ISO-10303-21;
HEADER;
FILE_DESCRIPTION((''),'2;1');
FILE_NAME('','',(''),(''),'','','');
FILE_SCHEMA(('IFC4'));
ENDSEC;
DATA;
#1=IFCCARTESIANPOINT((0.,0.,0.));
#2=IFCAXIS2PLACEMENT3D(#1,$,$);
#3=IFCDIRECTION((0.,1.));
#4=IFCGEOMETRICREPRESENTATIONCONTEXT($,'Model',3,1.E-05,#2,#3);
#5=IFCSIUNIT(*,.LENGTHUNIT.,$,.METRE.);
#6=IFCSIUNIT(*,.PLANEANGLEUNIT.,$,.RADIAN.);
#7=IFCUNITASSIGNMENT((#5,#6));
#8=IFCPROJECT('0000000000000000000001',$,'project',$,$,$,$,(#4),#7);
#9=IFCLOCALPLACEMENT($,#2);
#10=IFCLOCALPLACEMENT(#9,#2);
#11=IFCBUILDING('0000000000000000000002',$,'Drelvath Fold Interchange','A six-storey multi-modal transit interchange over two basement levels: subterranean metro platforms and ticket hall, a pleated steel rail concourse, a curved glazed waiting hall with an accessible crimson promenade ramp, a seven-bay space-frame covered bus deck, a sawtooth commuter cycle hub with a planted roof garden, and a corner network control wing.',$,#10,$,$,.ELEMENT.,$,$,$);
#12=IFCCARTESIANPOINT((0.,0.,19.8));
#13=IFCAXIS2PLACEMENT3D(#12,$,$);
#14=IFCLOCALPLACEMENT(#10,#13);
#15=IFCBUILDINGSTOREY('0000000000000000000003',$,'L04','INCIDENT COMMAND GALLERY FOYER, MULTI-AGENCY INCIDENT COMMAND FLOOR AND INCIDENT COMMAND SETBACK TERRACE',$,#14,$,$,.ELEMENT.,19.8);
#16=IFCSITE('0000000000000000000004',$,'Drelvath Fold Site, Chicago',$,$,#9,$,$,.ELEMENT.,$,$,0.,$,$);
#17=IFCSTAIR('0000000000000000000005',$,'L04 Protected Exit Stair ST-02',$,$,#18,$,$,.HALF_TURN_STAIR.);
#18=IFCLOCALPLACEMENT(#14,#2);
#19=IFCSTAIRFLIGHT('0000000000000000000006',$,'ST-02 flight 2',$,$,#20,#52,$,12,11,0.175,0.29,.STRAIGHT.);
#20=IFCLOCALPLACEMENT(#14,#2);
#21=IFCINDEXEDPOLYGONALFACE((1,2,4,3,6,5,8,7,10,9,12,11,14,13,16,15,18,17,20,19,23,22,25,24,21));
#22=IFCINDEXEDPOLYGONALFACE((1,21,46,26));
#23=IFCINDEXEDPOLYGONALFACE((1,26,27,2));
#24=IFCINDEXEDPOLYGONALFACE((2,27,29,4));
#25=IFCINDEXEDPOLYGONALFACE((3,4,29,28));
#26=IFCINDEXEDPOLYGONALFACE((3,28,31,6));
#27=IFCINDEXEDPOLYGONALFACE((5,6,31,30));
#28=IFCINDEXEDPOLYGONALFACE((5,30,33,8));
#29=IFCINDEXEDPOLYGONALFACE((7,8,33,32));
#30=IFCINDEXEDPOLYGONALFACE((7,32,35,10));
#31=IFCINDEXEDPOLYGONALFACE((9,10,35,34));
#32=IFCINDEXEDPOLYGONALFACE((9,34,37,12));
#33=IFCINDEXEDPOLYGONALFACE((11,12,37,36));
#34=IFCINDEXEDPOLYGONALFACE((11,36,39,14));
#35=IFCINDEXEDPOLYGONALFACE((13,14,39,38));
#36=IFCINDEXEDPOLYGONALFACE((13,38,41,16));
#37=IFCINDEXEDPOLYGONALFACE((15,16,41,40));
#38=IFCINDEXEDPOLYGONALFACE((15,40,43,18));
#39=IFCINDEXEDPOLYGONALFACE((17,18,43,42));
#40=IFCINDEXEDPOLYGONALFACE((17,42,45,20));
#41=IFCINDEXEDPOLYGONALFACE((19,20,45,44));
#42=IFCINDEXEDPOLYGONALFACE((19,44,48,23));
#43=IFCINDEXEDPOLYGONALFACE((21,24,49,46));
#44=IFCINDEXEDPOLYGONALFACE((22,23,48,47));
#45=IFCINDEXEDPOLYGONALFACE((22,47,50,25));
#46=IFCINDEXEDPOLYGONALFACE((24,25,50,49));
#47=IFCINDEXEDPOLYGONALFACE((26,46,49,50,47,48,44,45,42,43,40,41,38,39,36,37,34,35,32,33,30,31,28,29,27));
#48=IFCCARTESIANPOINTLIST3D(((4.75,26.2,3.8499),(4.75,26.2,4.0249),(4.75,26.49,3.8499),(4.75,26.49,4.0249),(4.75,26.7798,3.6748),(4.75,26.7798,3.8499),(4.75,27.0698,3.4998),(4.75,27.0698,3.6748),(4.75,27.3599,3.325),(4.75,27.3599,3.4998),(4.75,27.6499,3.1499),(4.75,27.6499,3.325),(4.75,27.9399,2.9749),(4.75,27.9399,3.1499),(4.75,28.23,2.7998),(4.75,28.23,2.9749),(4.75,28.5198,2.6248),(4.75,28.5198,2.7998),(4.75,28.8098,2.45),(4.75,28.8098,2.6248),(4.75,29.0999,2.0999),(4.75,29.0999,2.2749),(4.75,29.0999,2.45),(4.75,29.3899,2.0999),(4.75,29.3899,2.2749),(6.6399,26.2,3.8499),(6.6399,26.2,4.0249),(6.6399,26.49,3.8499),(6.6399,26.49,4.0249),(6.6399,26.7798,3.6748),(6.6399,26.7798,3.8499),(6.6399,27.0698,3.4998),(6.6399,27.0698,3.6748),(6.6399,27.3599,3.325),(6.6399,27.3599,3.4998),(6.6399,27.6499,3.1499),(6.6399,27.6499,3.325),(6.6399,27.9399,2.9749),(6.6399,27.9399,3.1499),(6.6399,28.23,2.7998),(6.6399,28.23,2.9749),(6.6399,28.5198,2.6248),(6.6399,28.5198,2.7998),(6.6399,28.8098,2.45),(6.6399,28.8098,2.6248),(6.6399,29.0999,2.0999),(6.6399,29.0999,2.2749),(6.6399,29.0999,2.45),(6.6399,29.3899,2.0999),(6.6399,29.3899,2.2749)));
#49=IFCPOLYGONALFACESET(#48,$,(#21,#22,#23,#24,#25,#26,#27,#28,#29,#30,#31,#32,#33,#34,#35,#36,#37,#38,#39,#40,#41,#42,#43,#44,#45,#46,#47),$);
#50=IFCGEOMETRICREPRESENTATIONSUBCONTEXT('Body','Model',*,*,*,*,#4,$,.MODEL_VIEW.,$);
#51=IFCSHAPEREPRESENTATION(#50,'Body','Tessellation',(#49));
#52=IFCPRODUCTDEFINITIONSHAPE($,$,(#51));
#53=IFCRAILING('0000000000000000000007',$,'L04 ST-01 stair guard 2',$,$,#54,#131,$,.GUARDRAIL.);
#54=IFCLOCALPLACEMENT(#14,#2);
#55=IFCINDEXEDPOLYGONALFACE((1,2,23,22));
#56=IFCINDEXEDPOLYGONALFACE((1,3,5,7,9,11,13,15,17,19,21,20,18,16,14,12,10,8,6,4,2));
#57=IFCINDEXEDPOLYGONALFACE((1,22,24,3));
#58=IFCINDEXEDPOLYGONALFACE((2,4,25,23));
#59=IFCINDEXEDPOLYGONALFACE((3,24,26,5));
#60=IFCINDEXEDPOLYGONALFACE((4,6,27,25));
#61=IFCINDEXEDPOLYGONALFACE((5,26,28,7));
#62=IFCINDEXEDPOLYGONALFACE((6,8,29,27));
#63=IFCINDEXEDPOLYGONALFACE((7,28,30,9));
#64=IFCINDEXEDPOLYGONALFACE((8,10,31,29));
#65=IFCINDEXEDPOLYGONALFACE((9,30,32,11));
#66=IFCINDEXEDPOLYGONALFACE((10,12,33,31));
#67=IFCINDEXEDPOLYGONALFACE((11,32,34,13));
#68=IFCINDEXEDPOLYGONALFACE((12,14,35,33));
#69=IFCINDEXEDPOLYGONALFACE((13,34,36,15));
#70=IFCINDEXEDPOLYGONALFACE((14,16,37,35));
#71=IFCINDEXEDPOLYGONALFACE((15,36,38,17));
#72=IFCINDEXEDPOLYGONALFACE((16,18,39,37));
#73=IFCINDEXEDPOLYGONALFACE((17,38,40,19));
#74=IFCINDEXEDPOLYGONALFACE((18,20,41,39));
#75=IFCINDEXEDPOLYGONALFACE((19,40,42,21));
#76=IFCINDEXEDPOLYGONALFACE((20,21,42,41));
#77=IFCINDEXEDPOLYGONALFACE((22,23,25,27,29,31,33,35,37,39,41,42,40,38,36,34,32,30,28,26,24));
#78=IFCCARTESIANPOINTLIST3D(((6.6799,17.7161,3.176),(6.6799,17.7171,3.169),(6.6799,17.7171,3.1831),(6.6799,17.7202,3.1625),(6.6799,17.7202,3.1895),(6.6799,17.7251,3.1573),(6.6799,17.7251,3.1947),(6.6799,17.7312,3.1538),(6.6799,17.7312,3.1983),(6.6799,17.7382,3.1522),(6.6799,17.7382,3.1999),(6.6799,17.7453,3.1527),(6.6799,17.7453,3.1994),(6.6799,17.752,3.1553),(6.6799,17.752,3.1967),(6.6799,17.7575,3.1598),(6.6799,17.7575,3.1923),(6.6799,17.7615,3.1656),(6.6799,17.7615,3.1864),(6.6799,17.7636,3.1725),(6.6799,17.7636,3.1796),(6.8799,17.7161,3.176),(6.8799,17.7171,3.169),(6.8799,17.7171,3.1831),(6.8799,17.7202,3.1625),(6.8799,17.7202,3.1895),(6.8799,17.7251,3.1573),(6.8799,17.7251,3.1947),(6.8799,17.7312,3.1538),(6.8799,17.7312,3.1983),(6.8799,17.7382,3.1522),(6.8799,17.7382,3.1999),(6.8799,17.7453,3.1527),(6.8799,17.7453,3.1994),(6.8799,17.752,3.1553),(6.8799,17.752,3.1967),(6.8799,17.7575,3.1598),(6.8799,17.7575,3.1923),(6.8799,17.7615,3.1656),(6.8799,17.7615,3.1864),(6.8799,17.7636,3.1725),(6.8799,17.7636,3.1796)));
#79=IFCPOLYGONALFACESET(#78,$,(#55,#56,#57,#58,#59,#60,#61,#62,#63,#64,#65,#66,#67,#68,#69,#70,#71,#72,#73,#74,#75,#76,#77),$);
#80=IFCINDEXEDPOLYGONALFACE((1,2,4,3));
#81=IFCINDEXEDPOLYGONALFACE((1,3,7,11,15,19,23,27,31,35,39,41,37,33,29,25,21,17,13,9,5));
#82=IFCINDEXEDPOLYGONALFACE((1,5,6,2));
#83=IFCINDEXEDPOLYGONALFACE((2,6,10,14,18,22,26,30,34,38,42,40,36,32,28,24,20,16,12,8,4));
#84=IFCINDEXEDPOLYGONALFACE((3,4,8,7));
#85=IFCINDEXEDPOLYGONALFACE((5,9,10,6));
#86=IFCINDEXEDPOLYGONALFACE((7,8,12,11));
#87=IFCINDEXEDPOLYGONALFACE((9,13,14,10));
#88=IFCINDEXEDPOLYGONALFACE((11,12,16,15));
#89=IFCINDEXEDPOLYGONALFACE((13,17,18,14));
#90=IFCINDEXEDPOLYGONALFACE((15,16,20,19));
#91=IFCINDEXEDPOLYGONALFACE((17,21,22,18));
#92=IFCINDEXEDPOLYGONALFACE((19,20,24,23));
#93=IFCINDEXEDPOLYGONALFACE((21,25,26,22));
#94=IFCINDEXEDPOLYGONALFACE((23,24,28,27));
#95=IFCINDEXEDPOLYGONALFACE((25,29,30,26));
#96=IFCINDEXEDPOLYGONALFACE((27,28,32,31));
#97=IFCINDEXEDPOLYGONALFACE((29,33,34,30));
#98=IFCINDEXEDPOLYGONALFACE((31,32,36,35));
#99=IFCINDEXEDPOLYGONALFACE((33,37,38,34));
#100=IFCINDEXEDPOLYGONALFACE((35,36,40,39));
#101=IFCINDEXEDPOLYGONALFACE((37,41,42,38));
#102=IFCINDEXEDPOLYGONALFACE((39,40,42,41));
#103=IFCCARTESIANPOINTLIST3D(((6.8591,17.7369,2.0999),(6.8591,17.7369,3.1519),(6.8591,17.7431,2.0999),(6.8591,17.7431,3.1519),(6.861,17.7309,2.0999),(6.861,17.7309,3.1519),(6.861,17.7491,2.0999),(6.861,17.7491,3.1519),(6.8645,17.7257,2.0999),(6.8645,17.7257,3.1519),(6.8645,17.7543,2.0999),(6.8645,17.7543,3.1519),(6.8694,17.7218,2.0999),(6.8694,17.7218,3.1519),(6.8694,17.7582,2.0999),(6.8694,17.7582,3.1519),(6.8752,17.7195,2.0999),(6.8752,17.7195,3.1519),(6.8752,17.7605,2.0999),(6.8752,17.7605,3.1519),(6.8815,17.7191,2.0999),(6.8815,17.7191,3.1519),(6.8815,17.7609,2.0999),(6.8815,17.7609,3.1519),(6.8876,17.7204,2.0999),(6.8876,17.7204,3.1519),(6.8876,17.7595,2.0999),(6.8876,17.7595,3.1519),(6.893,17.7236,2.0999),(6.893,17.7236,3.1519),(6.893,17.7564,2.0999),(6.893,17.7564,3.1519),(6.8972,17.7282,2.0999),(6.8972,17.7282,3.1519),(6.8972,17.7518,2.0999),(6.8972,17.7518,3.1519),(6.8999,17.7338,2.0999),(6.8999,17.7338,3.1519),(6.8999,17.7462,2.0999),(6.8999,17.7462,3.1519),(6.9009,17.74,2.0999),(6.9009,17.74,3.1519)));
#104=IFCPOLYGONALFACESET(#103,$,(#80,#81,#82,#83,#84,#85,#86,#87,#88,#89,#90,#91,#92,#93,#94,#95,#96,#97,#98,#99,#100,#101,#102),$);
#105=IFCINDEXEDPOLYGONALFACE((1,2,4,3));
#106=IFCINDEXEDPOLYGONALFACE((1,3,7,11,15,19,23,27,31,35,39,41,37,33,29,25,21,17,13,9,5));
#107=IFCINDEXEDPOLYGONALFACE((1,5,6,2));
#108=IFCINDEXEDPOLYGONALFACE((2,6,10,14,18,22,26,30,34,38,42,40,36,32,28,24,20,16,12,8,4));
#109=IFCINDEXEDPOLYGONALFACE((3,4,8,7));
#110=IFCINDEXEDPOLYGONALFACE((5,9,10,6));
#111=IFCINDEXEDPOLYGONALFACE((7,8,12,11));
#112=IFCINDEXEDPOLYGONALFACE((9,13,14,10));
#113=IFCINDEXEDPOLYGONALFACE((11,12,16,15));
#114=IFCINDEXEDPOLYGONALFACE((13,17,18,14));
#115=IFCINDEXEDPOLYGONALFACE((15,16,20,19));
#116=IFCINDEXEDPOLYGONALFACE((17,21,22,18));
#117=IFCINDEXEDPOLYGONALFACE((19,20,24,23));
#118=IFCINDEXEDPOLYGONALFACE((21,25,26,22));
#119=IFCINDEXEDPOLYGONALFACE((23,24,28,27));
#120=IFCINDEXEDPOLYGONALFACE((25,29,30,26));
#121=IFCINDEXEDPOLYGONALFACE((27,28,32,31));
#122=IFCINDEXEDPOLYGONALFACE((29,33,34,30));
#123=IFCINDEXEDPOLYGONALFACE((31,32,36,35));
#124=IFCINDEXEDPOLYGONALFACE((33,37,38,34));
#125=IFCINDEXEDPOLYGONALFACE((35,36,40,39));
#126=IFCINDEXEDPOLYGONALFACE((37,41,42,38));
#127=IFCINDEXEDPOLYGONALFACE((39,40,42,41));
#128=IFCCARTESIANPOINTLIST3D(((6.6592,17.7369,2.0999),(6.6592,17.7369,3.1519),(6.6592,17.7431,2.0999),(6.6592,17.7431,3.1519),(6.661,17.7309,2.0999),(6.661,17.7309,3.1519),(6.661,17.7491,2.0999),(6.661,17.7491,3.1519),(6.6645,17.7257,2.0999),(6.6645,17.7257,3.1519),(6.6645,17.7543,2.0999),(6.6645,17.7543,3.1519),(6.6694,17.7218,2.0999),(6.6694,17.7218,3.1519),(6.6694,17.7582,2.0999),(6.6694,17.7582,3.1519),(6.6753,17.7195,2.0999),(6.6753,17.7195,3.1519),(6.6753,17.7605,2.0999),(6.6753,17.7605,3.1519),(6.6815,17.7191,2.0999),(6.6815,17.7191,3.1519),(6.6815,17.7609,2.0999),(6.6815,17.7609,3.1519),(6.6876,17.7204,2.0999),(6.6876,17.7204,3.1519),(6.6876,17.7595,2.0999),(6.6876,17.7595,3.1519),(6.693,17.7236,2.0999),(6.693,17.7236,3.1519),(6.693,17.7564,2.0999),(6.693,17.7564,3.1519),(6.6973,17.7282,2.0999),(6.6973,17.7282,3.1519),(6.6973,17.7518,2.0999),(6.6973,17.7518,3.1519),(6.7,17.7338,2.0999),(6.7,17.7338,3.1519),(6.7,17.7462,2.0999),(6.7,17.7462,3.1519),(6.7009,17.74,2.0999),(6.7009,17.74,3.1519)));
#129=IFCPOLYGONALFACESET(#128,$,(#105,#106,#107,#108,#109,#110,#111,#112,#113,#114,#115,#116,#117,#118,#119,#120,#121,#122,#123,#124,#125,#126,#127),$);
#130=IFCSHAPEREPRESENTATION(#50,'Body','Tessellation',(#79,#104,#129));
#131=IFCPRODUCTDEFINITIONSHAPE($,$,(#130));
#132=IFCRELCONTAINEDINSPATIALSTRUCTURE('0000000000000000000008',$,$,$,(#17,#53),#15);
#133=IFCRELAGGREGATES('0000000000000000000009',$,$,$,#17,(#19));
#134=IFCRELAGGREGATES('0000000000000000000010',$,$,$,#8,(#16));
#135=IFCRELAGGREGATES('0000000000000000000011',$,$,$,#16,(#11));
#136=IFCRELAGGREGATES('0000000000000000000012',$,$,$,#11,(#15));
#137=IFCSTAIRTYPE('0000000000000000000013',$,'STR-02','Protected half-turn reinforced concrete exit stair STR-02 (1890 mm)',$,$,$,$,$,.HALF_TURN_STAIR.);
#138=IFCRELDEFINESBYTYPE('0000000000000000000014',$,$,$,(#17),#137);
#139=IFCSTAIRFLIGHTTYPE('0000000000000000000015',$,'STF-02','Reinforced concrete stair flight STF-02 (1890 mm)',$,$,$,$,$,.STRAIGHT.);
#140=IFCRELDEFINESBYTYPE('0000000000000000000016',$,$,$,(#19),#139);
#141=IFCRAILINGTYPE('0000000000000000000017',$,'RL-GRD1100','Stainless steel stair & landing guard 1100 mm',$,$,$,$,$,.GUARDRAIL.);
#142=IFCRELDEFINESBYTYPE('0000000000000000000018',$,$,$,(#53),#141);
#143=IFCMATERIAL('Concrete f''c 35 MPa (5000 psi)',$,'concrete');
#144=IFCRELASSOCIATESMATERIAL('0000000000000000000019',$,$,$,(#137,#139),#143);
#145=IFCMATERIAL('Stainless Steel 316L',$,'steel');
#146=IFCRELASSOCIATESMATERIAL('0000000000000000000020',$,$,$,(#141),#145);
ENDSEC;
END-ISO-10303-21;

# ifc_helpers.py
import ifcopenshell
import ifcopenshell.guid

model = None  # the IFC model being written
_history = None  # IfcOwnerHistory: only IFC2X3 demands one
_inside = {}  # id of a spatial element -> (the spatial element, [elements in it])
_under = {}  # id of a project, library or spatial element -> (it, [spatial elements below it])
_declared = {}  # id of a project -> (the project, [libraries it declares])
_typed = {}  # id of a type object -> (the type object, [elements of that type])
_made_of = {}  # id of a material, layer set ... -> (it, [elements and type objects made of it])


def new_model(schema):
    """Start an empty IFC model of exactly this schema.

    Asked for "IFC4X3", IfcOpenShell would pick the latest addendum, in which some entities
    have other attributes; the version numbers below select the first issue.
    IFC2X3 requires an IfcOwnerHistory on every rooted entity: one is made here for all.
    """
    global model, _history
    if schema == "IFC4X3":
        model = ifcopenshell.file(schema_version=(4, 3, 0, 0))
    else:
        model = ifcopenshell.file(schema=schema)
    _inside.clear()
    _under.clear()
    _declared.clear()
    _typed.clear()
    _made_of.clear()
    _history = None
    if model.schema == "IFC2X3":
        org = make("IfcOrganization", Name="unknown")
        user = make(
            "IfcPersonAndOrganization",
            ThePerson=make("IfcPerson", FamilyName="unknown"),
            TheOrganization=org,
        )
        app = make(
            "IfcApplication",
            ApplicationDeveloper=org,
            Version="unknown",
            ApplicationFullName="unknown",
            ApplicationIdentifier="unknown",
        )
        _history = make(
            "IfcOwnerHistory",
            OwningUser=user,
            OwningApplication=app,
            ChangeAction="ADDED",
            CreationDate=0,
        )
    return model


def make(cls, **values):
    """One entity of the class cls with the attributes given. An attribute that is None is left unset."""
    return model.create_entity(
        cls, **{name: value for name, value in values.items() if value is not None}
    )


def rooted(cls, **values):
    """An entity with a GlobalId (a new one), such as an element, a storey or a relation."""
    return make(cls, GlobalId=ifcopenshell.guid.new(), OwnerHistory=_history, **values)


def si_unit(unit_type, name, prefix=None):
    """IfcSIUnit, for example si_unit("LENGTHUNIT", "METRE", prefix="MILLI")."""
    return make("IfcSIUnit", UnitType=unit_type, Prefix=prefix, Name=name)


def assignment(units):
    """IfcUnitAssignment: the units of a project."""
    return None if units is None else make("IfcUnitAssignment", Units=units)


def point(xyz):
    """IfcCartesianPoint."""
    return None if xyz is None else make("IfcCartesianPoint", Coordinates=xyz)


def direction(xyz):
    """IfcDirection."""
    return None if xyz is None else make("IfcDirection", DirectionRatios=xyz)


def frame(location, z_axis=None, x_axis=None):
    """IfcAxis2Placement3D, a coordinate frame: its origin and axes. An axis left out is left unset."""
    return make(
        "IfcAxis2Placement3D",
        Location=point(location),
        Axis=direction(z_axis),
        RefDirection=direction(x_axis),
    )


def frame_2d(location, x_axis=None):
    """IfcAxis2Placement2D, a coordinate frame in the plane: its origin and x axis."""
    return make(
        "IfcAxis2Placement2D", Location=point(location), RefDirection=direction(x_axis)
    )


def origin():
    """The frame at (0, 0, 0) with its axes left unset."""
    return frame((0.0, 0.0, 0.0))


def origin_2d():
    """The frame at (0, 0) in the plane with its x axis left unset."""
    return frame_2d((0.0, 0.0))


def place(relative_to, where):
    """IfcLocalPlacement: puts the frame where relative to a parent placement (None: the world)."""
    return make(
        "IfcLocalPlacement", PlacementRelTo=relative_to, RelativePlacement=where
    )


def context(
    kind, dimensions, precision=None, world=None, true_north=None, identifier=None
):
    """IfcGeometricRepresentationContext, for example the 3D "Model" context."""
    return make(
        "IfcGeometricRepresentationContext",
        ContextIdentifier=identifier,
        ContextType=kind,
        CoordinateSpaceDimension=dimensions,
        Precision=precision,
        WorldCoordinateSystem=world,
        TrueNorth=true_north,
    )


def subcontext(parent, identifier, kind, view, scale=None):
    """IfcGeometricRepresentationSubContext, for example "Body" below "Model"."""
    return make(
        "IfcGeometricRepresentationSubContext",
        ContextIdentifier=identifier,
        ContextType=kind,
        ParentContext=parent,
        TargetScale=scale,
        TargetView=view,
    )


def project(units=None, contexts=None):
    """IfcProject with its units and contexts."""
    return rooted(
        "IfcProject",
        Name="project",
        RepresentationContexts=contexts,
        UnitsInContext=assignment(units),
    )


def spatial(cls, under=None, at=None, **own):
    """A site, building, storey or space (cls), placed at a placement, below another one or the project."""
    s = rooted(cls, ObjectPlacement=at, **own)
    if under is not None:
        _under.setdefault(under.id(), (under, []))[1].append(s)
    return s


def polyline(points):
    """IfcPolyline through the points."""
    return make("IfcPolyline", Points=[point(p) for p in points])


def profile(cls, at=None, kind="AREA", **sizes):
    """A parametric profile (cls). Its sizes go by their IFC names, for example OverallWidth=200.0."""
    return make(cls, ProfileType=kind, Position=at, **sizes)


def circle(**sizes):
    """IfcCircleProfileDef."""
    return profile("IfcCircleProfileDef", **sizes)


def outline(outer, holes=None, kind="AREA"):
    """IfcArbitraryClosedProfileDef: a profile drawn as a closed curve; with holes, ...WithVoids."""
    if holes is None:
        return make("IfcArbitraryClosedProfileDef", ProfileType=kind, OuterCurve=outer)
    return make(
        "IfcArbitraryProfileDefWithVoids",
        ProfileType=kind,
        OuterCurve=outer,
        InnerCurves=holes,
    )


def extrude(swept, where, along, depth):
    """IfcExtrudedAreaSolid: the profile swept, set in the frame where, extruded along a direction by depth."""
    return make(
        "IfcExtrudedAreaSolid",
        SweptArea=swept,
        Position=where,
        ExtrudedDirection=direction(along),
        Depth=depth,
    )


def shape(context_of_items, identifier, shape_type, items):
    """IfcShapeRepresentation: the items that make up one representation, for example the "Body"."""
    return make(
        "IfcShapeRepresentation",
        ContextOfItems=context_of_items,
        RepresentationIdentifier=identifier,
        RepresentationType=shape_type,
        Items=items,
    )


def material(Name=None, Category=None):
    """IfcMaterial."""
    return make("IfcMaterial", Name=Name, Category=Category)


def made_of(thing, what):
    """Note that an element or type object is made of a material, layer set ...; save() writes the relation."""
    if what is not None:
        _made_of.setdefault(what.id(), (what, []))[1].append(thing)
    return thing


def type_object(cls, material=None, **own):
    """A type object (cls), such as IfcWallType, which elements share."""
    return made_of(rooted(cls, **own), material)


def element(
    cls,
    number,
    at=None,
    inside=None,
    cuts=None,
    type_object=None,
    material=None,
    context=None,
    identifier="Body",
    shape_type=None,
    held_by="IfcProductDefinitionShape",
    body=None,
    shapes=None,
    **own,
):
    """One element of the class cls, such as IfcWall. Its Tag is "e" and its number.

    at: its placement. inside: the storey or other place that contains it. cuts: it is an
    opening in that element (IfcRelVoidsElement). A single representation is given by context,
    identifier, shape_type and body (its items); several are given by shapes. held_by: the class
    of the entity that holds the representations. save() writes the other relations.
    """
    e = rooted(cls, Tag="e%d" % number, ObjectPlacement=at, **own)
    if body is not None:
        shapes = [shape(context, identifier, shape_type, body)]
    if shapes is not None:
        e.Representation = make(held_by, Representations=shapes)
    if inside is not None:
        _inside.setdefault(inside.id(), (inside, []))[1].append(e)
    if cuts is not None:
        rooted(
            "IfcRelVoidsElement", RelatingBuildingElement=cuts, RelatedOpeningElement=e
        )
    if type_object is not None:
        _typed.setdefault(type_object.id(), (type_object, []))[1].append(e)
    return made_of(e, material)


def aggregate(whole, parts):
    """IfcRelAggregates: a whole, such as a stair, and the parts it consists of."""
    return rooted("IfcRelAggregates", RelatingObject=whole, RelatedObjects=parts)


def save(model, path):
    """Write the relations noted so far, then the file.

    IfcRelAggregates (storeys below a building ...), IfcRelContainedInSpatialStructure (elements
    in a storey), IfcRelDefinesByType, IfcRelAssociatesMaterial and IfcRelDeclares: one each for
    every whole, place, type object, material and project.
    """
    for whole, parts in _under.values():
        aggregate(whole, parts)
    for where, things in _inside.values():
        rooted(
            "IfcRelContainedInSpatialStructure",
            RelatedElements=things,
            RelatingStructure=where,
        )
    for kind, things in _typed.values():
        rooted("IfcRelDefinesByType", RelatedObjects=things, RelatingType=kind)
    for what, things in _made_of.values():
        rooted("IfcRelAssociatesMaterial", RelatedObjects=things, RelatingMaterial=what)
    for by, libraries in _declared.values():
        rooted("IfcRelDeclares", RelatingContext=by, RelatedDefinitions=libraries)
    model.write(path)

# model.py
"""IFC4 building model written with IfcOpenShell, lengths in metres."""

from ifc_helpers import new_model, si_unit, direction, frame, origin, origin_2d, place, context, subcontext, project, spatial, polyline, circle, outline, extrude, material, type_object, element, aggregate, save


model = new_model("IFC4")

# Units and contexts
model_context = context("Model", 3, precision=1e-05, world=origin(), true_north=direction((0.0, 1.0)))
body_context = subcontext(model_context, "Body", "Model", "MODEL_VIEW")
ifc_project = project(units=[si_unit("LENGTHUNIT", "METRE"), si_unit("PLANEANGLEUNIT", "RADIAN")], contexts=[model_context])

# Site, building, storey
site_placement = place(None, origin())
site = spatial("IfcSite", under=ifc_project, at=site_placement, Name="Drelvath Fold Site, Chicago", CompositionType="ELEMENT", RefElevation=0.0)
building_placement = place(site_placement, origin())
building = spatial("IfcBuilding", under=site, at=building_placement, Name="Drelvath Fold Interchange", Description="A six-storey multi-modal transit interchange over two basement levels: subterranean metro platforms and ticket hall, a pleated steel rail concourse, a curved glazed waiting hall with an accessible crimson promenade ramp, a seven-bay space-frame covered bus deck, a sawtooth commuter cycle hub with a planted roof garden, and a corner network control wing.", CompositionType="ELEMENT")
storey_placement = place(building_placement, frame((0.0, 0.0, 19.8)))
storey = spatial("IfcBuildingStorey", under=building, at=storey_placement, Name="L04", Description="INCIDENT COMMAND GALLERY FOYER, MULTI-AGENCY INCIDENT COMMAND FLOOR AND INCIDENT COMMAND SETBACK TERRACE", CompositionType="ELEMENT", Elevation=19.8)

# Shared definitions
ifc_material_1 = material(Name="Concrete f'c 35 MPa (5000 psi)", Category="concrete")

# Stair, stair flight
stair_type_1 = type_object("IfcStairType", Name="STR-02", Description="Protected half-turn reinforced concrete exit stair STR-02 (1890 mm)", PredefinedType="HALF_TURN_STAIR", material=ifc_material_1)
stair_1_placement = place(storey_placement, origin())
stair_1 = element("IfcStair", 1, at=stair_1_placement, inside=storey, type_object=stair_type_1, Name="L04 Protected Exit Stair ST-02", PredefinedType="HALF_TURN_STAIR")
stair_flight_type_1 = type_object("IfcStairFlightType", Name="STF-02", Description="Reinforced concrete stair flight STF-02 (1890 mm)", PredefinedType="STRAIGHT", material=ifc_material_1)
stair_flight_1_placement = place(storey_placement, frame((5.6951, 29.3899, 2.0999), z_axis=(0.0, 0.0, 1.0), x_axis=(0.0, -1.0, 0.0)))
stair_flight_1 = element("IfcStairFlight", 2, at=stair_flight_1_placement, type_object=stair_flight_type_1, Name="ST-02 flight 2", NumberOfRisers=12, NumberOfTreads=11, PredefinedType="STRAIGHT", RiserHeight=0.175, TreadLength=0.29, context=body_context, shape_type="SweptSolid", body=[
    extrude(outline(polyline([(0.0, 0.0), (0.0, 0.175), (0.29, 0.175), (0.29, 0.3501), (0.5801, 0.3501), (0.5801, 0.5249), (0.8701, 0.5249), (0.8701, 0.7), (1.1599, 0.7), (1.1599, 0.875), (1.45, 0.875), (1.45, 1.05), (1.74, 1.05), (1.74, 1.2251), (2.03, 1.2251), (2.03, 1.3999), (2.3201, 1.3999), (2.3201, 1.575), (2.6101, 1.575), (2.6101, 1.75), (2.8999, 1.75), (2.8999, 1.925), (3.1899, 1.925), (3.1899, 2.1001), (3.1899, 1.75), (0.29, 0.0), (0.0, 0.0)])), frame((0.0, 0.9448, 0.0), z_axis=(0.0, -1.0, 0.0), x_axis=(1.0, 0.0, 0.0)), (0.0, 0.0, 1.0), 1.8899),
])
aggregate(stair_1, [stair_flight_1])

# Railing
ifc_material_2 = material(Name="Stainless Steel 316L", Category="steel")
railing_type_1 = type_object("IfcRailingType", Name="RL-GRD1100", Description="Stainless steel stair & landing guard 1100 mm", PredefinedType="GUARDRAIL", material=ifc_material_2)
railing_1_placement = place(storey_placement, frame((6.8799, 17.74, 2.0999)))
element("IfcRailing", 3, at=railing_1_placement, inside=storey, type_object=railing_type_1, Name="L04 ST-01 stair guard 2", PredefinedType="GUARDRAIL", context=body_context, shape_type="SweptSolid", body=[
    extrude(circle(Radius=0.0239, at=origin_2d()), frame((0.0, 0.0, 1.0762), z_axis=(-1.0, 0.0, 0.0), x_axis=(0.0, -1.0, 0.0)), (0.0, 0.0, 1.0), 0.2),
    extrude(circle(Radius=0.021, at=origin_2d()), origin(), (0.0, 0.0, 1.0), 1.052),
    extrude(circle(Radius=0.021, at=origin_2d()), frame((-0.2, 0.0, 0.0)), (0.0, 0.0, 1.0), 1.052),
])

save(model, "model.ifc")
